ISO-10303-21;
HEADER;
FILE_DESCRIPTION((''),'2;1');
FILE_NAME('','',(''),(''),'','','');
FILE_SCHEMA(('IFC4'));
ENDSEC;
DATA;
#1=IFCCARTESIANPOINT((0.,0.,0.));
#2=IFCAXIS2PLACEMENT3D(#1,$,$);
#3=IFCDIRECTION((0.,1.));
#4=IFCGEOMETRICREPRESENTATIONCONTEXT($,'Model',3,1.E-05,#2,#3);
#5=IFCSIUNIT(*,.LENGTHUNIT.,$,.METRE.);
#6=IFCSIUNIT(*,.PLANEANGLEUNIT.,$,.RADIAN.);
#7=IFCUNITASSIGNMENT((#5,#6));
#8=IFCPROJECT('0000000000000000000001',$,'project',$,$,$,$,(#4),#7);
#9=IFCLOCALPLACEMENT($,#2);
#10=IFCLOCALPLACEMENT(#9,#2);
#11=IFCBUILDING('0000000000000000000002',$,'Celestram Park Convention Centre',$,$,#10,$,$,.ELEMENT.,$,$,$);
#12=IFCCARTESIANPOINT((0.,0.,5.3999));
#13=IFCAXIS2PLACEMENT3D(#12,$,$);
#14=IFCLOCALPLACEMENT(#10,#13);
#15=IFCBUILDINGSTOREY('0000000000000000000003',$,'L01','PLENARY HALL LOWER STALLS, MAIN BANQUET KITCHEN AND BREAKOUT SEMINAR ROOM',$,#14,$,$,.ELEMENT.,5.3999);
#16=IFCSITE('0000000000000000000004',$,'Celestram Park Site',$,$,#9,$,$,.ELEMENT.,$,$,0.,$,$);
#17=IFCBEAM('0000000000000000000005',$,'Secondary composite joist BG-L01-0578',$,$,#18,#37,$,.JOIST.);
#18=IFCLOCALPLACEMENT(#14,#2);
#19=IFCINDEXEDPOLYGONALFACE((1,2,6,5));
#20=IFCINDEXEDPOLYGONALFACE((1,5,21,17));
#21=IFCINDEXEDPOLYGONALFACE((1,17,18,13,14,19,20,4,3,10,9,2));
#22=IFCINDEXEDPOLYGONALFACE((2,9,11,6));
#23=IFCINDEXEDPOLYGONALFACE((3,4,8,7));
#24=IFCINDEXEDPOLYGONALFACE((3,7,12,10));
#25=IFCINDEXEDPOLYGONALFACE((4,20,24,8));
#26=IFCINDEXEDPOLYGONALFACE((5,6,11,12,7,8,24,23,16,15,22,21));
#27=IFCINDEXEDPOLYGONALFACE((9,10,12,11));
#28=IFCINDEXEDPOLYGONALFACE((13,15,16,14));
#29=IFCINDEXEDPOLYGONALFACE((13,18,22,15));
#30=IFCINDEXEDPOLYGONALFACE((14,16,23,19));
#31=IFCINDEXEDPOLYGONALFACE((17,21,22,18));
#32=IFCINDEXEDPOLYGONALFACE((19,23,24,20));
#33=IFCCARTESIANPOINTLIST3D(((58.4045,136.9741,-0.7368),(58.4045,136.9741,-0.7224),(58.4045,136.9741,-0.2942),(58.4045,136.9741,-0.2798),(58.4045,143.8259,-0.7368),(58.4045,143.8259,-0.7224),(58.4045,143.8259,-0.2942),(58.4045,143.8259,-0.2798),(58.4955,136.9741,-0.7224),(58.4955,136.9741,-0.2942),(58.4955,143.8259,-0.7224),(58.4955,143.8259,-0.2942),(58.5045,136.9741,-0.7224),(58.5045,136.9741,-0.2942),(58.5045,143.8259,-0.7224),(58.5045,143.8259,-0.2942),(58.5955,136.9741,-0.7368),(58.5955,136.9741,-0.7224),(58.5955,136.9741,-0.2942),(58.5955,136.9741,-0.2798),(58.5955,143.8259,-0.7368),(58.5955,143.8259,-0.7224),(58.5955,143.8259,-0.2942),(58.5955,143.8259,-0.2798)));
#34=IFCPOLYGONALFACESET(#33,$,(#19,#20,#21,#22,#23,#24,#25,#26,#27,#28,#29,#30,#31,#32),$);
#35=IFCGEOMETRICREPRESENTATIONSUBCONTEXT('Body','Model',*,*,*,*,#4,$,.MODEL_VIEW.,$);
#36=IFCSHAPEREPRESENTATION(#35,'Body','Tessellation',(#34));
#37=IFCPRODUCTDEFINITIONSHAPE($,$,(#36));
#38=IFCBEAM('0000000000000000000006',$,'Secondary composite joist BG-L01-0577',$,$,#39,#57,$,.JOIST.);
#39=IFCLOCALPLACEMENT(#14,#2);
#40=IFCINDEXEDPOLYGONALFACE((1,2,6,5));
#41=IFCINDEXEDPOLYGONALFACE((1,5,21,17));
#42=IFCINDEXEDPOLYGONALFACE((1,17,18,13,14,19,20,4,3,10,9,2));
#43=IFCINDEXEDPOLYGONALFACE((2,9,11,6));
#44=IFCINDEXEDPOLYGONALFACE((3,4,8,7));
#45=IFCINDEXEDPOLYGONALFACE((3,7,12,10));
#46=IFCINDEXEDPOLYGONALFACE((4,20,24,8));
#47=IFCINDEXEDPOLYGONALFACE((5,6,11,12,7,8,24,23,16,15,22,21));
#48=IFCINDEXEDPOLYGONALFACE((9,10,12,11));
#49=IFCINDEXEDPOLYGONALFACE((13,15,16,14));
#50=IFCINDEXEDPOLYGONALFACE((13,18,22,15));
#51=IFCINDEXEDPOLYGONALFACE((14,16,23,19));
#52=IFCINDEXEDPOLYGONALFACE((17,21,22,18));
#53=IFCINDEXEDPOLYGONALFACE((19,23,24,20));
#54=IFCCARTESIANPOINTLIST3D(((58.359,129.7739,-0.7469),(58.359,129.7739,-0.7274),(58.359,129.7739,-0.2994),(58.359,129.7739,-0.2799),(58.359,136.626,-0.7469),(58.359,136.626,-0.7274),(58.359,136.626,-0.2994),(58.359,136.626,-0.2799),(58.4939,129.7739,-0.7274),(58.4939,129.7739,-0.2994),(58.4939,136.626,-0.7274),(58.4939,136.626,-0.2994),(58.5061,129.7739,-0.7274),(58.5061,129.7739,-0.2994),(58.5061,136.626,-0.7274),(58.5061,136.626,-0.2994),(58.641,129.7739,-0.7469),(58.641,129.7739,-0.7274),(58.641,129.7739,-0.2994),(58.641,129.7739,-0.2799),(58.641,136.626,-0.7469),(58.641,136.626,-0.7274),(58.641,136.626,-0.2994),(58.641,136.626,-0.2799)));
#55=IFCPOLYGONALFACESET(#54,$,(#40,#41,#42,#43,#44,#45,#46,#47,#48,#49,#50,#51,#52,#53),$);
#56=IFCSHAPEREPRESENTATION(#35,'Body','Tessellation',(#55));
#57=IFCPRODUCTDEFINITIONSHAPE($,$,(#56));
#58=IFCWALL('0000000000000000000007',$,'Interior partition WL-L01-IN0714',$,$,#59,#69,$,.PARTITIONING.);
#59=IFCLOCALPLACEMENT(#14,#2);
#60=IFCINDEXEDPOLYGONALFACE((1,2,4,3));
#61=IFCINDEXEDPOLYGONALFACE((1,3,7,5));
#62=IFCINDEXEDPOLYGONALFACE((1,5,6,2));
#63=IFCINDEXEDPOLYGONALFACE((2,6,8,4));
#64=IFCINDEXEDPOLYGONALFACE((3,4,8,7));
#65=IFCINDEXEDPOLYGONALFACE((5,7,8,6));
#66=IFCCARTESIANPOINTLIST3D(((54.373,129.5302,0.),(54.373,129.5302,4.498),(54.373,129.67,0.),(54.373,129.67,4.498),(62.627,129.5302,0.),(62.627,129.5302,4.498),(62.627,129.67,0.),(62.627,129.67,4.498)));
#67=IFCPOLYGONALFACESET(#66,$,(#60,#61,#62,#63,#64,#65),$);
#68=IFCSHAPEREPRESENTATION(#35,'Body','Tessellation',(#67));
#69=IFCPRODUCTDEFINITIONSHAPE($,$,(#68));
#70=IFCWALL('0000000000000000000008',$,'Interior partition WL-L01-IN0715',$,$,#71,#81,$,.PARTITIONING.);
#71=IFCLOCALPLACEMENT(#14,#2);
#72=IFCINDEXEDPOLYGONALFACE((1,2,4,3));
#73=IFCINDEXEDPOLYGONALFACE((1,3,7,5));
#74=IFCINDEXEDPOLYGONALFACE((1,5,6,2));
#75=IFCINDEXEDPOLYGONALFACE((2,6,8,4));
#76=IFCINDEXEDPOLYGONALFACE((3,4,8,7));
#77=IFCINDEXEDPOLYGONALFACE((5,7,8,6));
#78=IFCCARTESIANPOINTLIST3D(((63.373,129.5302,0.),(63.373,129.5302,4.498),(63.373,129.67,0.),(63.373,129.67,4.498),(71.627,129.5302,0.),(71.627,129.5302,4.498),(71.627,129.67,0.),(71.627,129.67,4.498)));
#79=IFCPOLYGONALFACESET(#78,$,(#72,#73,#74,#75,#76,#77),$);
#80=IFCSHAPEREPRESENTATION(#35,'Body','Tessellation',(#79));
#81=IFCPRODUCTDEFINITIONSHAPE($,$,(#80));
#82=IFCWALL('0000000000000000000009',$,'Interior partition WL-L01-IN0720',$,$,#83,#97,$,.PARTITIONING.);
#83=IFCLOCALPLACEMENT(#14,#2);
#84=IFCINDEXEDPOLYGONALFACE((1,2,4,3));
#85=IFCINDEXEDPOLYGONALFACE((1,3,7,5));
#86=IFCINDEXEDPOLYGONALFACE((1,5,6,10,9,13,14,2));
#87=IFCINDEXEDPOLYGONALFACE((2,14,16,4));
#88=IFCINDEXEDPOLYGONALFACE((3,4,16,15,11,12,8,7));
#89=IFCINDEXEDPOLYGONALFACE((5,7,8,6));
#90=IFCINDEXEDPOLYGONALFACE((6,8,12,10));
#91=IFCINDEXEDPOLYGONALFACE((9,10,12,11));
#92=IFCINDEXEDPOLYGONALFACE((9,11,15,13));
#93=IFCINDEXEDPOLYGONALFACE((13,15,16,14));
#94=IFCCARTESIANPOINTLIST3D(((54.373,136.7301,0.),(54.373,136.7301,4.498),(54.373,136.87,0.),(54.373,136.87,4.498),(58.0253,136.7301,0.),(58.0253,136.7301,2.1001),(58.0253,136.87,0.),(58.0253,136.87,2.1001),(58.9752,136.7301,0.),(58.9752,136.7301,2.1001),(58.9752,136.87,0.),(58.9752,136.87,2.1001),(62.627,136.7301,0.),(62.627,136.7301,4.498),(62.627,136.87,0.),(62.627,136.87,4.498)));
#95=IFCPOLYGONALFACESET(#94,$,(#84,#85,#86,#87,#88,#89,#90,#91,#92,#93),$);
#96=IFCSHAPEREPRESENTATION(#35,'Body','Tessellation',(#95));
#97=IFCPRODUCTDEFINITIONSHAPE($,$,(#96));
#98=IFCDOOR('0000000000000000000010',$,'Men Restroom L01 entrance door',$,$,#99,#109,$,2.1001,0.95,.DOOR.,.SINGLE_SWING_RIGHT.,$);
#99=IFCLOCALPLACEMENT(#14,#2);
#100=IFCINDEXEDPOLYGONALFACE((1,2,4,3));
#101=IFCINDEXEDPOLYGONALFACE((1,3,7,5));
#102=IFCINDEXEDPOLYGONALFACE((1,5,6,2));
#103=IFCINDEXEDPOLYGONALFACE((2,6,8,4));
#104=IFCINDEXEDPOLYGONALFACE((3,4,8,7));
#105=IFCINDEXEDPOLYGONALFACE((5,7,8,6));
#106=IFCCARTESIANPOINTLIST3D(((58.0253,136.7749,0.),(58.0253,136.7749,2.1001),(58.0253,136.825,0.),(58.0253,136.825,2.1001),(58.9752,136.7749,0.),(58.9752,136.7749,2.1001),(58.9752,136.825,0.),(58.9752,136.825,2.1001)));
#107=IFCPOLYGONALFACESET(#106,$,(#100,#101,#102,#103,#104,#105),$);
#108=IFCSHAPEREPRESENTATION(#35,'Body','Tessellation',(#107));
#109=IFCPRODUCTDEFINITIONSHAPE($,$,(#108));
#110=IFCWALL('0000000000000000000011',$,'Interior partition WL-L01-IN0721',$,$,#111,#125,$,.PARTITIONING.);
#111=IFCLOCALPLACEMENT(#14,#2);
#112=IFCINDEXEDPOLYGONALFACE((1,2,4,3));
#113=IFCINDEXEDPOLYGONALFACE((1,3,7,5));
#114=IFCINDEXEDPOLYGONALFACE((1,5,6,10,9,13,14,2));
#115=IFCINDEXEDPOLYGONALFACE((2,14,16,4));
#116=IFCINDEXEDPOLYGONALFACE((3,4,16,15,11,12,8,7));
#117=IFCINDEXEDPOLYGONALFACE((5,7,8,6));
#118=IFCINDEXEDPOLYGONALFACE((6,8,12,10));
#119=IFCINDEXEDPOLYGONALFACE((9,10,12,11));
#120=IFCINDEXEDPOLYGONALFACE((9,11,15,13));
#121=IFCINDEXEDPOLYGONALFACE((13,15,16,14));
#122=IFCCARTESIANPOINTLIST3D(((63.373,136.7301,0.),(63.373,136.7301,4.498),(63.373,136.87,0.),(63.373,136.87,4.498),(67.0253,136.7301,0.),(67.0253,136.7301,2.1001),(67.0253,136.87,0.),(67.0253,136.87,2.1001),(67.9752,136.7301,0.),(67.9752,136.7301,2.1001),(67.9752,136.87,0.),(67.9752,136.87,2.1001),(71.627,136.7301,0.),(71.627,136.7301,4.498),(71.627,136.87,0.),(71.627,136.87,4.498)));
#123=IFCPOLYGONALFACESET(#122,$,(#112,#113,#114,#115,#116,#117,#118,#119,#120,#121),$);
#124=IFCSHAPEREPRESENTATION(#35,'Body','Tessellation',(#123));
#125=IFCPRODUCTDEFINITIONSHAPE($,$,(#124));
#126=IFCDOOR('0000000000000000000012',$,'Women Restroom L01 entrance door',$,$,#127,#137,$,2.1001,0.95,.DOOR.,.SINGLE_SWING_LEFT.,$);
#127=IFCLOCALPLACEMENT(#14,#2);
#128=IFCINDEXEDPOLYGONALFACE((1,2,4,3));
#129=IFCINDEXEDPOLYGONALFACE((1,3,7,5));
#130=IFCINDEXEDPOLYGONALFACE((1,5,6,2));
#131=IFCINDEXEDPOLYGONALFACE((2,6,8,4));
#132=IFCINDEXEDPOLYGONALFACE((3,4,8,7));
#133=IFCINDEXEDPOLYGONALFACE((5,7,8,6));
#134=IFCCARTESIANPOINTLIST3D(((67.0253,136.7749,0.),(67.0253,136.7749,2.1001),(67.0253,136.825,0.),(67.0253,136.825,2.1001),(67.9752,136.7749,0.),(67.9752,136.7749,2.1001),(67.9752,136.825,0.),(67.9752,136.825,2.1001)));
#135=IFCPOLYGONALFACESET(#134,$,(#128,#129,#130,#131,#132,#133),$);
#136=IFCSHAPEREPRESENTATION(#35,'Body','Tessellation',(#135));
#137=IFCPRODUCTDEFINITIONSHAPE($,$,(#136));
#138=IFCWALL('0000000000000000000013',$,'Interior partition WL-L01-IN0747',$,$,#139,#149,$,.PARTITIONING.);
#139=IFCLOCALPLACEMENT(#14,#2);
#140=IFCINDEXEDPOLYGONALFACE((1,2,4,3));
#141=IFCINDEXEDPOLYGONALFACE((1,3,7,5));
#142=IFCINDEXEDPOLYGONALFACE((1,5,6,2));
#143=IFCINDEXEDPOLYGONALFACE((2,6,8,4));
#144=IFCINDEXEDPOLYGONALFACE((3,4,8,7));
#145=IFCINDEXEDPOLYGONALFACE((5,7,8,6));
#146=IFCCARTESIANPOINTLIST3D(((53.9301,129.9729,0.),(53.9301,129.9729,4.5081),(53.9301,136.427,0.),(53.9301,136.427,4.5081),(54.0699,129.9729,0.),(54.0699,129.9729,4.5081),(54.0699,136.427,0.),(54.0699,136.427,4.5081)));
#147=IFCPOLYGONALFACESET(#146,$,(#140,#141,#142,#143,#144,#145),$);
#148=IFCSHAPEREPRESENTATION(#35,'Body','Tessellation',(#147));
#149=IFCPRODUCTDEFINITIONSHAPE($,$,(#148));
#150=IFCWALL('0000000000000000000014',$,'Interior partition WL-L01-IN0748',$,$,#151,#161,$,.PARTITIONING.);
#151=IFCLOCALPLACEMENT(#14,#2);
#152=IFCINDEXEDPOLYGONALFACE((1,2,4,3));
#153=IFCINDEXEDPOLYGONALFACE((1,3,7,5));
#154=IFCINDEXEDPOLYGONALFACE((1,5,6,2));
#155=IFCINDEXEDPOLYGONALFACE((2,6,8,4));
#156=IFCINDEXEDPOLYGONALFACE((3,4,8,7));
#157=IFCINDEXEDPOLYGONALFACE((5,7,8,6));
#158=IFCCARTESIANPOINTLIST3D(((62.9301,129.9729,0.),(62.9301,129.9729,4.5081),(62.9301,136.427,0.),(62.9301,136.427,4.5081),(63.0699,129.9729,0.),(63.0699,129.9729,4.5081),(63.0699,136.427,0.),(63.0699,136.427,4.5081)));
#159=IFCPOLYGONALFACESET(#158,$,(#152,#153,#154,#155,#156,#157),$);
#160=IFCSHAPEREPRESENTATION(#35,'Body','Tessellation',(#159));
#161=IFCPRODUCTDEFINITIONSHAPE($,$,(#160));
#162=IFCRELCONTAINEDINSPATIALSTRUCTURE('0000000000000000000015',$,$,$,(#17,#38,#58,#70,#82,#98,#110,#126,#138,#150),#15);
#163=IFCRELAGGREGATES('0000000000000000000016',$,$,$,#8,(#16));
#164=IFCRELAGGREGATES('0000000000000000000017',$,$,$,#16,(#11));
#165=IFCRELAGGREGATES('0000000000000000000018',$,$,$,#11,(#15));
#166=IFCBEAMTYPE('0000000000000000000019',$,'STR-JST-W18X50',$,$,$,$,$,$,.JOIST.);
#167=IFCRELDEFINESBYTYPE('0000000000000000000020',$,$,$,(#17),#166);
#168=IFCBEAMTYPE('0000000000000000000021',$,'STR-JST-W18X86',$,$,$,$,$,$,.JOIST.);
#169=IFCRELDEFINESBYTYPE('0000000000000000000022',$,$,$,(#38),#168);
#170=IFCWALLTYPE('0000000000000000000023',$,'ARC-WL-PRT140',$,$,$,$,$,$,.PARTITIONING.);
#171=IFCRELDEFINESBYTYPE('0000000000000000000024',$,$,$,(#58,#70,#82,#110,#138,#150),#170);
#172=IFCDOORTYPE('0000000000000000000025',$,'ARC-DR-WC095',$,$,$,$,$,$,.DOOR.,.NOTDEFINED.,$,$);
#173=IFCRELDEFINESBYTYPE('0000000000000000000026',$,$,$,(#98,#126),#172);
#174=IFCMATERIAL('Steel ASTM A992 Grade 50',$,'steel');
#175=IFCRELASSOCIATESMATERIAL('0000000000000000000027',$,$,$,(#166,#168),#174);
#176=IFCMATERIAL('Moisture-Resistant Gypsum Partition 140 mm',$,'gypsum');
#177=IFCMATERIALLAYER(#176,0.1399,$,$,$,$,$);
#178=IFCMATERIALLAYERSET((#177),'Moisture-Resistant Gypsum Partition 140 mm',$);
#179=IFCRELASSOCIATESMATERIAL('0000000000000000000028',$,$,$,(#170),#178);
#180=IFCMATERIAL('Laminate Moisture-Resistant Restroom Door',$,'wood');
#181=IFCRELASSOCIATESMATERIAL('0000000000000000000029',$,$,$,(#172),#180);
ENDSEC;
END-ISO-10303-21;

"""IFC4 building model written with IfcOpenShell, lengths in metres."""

from ifc_helpers import new_model, si_unit, direction, frame, frame_2d, origin, origin_2d, place, context, subcontext, project, spatial, rectangle, i_section, extrude, material, layer, layer_set, material_profile, profile_set, type_object, element, fill, save


model = new_model("IFC4")

# Units and contexts
model_context = context("Model", 3, precision=1e-05, world=origin(), true_north=direction((0.0, 1.0)))
body_context = subcontext(model_context, "Body", "Model", "MODEL_VIEW")
ifc_project = project(units=[si_unit("LENGTHUNIT", "METRE"), si_unit("PLANEANGLEUNIT", "RADIAN")], contexts=[model_context])

# Site, building, storey
site_placement = place(None, origin())
site = spatial("IfcSite", under=ifc_project, at=site_placement, Name="Celestram Park Site", CompositionType="ELEMENT", RefElevation=0.0)
building_placement = place(site_placement, origin())
building = spatial("IfcBuilding", under=site, at=building_placement, Name="Celestram Park Convention Centre", CompositionType="ELEMENT")
storey_placement = place(building_placement, frame((0.0, 0.0, 5.3999)))
storey = spatial("IfcBuildingStorey", under=building, at=storey_placement, Name="L01", Description="PLENARY HALL LOWER STALLS, MAIN BANQUET KITCHEN AND BREAKOUT SEMINAR ROOM", CompositionType="ELEMENT", Elevation=5.3999)

# Beams
ifc_material_1 = material(Name="Steel ASTM A992 Grade 50", Category="steel")
ifc_material_profile_1 = material_profile(ifc_material_1, i_section(OverallWidth=0.1909, OverallDepth=0.457, WebThickness=0.009, FlangeThickness=0.0144, at=origin_2d()), Name="W18X50")
ifc_profile_set_1 = profile_set([ifc_material_profile_1], Name="Steel ASTM A992 Grade 50")
beam_type_1 = type_object("IfcBeamType", Name="STR-JST-W18X50", PredefinedType="JOIST", material=ifc_profile_set_1)
beam_1_placement = place(storey_placement, frame((58.5, 136.9741, -0.5083), z_axis=(0.0, 1.0, 0.0), x_axis=(-1.0, 0.0, 0.0)))
element("IfcBeam", 1, at=beam_1_placement, inside=storey, type_object=beam_type_1, Name="Secondary composite joist BG-L01-0578", PredefinedType="JOIST", context=body_context, shape_type="SweptSolid", body=[
    extrude(i_section(OverallWidth=0.1909, OverallDepth=0.457, WebThickness=0.009, FlangeThickness=0.0144, at=origin_2d()), origin(), (0.0, 0.0, 1.0), 6.8518),
])
ifc_material_profile_2 = material_profile(ifc_material_1, i_section(OverallWidth=0.282, OverallDepth=0.467, WebThickness=0.0122, FlangeThickness=0.0195, at=origin_2d()), Name="W18X86")
ifc_profile_set_2 = profile_set([ifc_material_profile_2], Name="Steel ASTM A992 Grade 50")
beam_type_2 = type_object("IfcBeamType", Name="STR-JST-W18X86", PredefinedType="JOIST", material=ifc_profile_set_2)
beam_2_placement = place(storey_placement, frame((58.5, 129.7739, -0.5134), z_axis=(0.0, 1.0, 0.0), x_axis=(-1.0, 0.0, 0.0)))
element("IfcBeam", 2, at=beam_2_placement, inside=storey, type_object=beam_type_2, Name="Secondary composite joist BG-L01-0577", PredefinedType="JOIST", context=body_context, shape_type="SweptSolid", body=[
    extrude(i_section(OverallWidth=0.282, OverallDepth=0.467, WebThickness=0.0122, FlangeThickness=0.0195, at=origin_2d()), origin(), (0.0, 0.0, 1.0), 6.8521),
])

# Walls
ifc_material_2 = material(Name="Moisture-Resistant Gypsum Partition 140 mm", Category="gypsum")
ifc_layer = layer(ifc_material_2, 0.1399)
ifc_layer_set = layer_set([ifc_layer], Name="Moisture-Resistant Gypsum Partition 140 mm")
wall_type = type_object("IfcWallType", Name="ARC-WL-PRT140", PredefinedType="PARTITIONING", material=ifc_layer_set)
for number, where, z_axis, x_axis, name in (
    (3, (54.373, 129.6001, 0.0), (0.0, 0.0, 1.0), (1.0, 0.0, 0.0), "Interior partition WL-L01-IN0714"),
    (4, (63.373, 129.6001, 0.0), (0.0, 0.0, 1.0), (1.0, 0.0, 0.0), "Interior partition WL-L01-IN0715"),
):
    element("IfcWall", number, at=place(storey_placement, frame(where, z_axis=z_axis, x_axis=x_axis)), inside=storey, type_object=wall_type, Name=name, PredefinedType="PARTITIONING", context=body_context, shape_type="SweptSolid", body=[
        extrude(rectangle(XDim=8.2539, YDim=0.1399, at=frame_2d((4.127, 0.0))), origin(), (0.0, 0.0, 1.0), 4.498),
    ])

# Walls, openings, doors
wall_1_placement = place(storey_placement, frame((54.373, 136.8, 0.0), z_axis=(0.0, 0.0, 1.0), x_axis=(1.0, 0.0, 0.0)))
wall_1 = element("IfcWall", 5, at=wall_1_placement, inside=storey, type_object=wall_type, Name="Interior partition WL-L01-IN0720", PredefinedType="PARTITIONING", context=body_context, shape_type="SweptSolid", body=[
    extrude(rectangle(XDim=8.2539, YDim=0.1399, at=frame_2d((4.127, 0.0))), origin(), (0.0, 0.0, 1.0), 4.498),
])
opening_1_placement = place(wall_1_placement, frame((3.6521, 0.0, 0.0)))
opening_1 = element("IfcOpeningElement", 6, at=opening_1_placement, cuts=wall_1, PredefinedType="OPENING", context=body_context, shape_type="SweptSolid", body=[
    extrude(rectangle(XDim=0.95, YDim=2.1001, at=frame_2d((0.4751, 1.05))), frame((0.0, 0.0798, 0.0), z_axis=(0.0, -1.0, 0.0), x_axis=(1.0, 0.0, 0.0)), (0.0, 0.0, 1.0), 0.1599),
])
ifc_material_3 = material(Name="Laminate Moisture-Resistant Restroom Door", Category="wood")
door_type = type_object("IfcDoorType", Name="ARC-DR-WC095", OperationType="NOTDEFINED", PredefinedType="DOOR", material=ifc_material_3)
door_1_placement = place(opening_1_placement, origin())
door_1 = element("IfcDoor", 7, at=door_1_placement, inside=storey, type_object=door_type, Name="Men Restroom L01 entrance door", OperationType="SINGLE_SWING_RIGHT", OverallHeight=2.1001, OverallWidth=0.95, PredefinedType="DOOR", context=body_context, shape_type="SweptSolid", body=[
    extrude(rectangle(XDim=0.95, YDim=2.1001, at=frame_2d((0.4751, 1.05))), frame((0.0, 0.0249, 0.0), z_axis=(0.0, -1.0, 0.0), x_axis=(1.0, 0.0, 0.0)), (0.0, 0.0, 1.0), 0.05),
])
fill(opening_1, door_1)
wall_2_placement = place(storey_placement, frame((63.373, 136.8, 0.0), z_axis=(0.0, 0.0, 1.0), x_axis=(1.0, 0.0, 0.0)))
wall_2 = element("IfcWall", 8, at=wall_2_placement, inside=storey, type_object=wall_type, Name="Interior partition WL-L01-IN0721", PredefinedType="PARTITIONING", context=body_context, shape_type="SweptSolid", body=[
    extrude(rectangle(XDim=8.2539, YDim=0.1399, at=frame_2d((4.127, 0.0))), origin(), (0.0, 0.0, 1.0), 4.498),
])
opening_2_placement = place(wall_2_placement, frame((3.6521, 0.0, 0.0)))
opening_2 = element("IfcOpeningElement", 9, at=opening_2_placement, cuts=wall_2, PredefinedType="OPENING", context=body_context, shape_type="SweptSolid", body=[
    extrude(rectangle(XDim=0.95, YDim=2.1001, at=frame_2d((0.4751, 1.05))), frame((0.0, 0.0798, 0.0), z_axis=(0.0, -1.0, 0.0), x_axis=(1.0, 0.0, 0.0)), (0.0, 0.0, 1.0), 0.1599),
])
door_2_placement = place(opening_2_placement, origin())
door_2 = element("IfcDoor", 10, at=door_2_placement, inside=storey, type_object=door_type, Name="Women Restroom L01 entrance door", OperationType="SINGLE_SWING_LEFT", OverallHeight=2.1001, OverallWidth=0.95, PredefinedType="DOOR", context=body_context, shape_type="SweptSolid", body=[
    extrude(rectangle(XDim=0.95, YDim=2.1001, at=frame_2d((0.4751, 1.05))), frame((0.0, 0.0249, 0.0), z_axis=(0.0, -1.0, 0.0), x_axis=(1.0, 0.0, 0.0)), (0.0, 0.0, 1.0), 0.05),
])
fill(opening_2, door_2)

# Walls
for number, where, z_axis, x_axis, name in (
    (11, (54.0, 129.9729, 0.0), (0.0, 0.0, 1.0), (0.0, 1.0, 0.0), "Interior partition WL-L01-IN0747"),
    (12, (63.0, 129.9729, 0.0), (0.0, 0.0, 1.0), (0.0, 1.0, 0.0), "Interior partition WL-L01-IN0748"),
):
    element("IfcWall", number, at=place(storey_placement, frame(where, z_axis=z_axis, x_axis=x_axis)), inside=storey, type_object=wall_type, Name=name, PredefinedType="PARTITIONING", context=body_context, shape_type="SweptSolid", body=[
        extrude(rectangle(XDim=6.4541, YDim=0.1399, at=frame_2d((3.2271, 0.0))), origin(), (0.0, 0.0, 1.0), 4.5081),
    ])

save(model, "model.ifc")
